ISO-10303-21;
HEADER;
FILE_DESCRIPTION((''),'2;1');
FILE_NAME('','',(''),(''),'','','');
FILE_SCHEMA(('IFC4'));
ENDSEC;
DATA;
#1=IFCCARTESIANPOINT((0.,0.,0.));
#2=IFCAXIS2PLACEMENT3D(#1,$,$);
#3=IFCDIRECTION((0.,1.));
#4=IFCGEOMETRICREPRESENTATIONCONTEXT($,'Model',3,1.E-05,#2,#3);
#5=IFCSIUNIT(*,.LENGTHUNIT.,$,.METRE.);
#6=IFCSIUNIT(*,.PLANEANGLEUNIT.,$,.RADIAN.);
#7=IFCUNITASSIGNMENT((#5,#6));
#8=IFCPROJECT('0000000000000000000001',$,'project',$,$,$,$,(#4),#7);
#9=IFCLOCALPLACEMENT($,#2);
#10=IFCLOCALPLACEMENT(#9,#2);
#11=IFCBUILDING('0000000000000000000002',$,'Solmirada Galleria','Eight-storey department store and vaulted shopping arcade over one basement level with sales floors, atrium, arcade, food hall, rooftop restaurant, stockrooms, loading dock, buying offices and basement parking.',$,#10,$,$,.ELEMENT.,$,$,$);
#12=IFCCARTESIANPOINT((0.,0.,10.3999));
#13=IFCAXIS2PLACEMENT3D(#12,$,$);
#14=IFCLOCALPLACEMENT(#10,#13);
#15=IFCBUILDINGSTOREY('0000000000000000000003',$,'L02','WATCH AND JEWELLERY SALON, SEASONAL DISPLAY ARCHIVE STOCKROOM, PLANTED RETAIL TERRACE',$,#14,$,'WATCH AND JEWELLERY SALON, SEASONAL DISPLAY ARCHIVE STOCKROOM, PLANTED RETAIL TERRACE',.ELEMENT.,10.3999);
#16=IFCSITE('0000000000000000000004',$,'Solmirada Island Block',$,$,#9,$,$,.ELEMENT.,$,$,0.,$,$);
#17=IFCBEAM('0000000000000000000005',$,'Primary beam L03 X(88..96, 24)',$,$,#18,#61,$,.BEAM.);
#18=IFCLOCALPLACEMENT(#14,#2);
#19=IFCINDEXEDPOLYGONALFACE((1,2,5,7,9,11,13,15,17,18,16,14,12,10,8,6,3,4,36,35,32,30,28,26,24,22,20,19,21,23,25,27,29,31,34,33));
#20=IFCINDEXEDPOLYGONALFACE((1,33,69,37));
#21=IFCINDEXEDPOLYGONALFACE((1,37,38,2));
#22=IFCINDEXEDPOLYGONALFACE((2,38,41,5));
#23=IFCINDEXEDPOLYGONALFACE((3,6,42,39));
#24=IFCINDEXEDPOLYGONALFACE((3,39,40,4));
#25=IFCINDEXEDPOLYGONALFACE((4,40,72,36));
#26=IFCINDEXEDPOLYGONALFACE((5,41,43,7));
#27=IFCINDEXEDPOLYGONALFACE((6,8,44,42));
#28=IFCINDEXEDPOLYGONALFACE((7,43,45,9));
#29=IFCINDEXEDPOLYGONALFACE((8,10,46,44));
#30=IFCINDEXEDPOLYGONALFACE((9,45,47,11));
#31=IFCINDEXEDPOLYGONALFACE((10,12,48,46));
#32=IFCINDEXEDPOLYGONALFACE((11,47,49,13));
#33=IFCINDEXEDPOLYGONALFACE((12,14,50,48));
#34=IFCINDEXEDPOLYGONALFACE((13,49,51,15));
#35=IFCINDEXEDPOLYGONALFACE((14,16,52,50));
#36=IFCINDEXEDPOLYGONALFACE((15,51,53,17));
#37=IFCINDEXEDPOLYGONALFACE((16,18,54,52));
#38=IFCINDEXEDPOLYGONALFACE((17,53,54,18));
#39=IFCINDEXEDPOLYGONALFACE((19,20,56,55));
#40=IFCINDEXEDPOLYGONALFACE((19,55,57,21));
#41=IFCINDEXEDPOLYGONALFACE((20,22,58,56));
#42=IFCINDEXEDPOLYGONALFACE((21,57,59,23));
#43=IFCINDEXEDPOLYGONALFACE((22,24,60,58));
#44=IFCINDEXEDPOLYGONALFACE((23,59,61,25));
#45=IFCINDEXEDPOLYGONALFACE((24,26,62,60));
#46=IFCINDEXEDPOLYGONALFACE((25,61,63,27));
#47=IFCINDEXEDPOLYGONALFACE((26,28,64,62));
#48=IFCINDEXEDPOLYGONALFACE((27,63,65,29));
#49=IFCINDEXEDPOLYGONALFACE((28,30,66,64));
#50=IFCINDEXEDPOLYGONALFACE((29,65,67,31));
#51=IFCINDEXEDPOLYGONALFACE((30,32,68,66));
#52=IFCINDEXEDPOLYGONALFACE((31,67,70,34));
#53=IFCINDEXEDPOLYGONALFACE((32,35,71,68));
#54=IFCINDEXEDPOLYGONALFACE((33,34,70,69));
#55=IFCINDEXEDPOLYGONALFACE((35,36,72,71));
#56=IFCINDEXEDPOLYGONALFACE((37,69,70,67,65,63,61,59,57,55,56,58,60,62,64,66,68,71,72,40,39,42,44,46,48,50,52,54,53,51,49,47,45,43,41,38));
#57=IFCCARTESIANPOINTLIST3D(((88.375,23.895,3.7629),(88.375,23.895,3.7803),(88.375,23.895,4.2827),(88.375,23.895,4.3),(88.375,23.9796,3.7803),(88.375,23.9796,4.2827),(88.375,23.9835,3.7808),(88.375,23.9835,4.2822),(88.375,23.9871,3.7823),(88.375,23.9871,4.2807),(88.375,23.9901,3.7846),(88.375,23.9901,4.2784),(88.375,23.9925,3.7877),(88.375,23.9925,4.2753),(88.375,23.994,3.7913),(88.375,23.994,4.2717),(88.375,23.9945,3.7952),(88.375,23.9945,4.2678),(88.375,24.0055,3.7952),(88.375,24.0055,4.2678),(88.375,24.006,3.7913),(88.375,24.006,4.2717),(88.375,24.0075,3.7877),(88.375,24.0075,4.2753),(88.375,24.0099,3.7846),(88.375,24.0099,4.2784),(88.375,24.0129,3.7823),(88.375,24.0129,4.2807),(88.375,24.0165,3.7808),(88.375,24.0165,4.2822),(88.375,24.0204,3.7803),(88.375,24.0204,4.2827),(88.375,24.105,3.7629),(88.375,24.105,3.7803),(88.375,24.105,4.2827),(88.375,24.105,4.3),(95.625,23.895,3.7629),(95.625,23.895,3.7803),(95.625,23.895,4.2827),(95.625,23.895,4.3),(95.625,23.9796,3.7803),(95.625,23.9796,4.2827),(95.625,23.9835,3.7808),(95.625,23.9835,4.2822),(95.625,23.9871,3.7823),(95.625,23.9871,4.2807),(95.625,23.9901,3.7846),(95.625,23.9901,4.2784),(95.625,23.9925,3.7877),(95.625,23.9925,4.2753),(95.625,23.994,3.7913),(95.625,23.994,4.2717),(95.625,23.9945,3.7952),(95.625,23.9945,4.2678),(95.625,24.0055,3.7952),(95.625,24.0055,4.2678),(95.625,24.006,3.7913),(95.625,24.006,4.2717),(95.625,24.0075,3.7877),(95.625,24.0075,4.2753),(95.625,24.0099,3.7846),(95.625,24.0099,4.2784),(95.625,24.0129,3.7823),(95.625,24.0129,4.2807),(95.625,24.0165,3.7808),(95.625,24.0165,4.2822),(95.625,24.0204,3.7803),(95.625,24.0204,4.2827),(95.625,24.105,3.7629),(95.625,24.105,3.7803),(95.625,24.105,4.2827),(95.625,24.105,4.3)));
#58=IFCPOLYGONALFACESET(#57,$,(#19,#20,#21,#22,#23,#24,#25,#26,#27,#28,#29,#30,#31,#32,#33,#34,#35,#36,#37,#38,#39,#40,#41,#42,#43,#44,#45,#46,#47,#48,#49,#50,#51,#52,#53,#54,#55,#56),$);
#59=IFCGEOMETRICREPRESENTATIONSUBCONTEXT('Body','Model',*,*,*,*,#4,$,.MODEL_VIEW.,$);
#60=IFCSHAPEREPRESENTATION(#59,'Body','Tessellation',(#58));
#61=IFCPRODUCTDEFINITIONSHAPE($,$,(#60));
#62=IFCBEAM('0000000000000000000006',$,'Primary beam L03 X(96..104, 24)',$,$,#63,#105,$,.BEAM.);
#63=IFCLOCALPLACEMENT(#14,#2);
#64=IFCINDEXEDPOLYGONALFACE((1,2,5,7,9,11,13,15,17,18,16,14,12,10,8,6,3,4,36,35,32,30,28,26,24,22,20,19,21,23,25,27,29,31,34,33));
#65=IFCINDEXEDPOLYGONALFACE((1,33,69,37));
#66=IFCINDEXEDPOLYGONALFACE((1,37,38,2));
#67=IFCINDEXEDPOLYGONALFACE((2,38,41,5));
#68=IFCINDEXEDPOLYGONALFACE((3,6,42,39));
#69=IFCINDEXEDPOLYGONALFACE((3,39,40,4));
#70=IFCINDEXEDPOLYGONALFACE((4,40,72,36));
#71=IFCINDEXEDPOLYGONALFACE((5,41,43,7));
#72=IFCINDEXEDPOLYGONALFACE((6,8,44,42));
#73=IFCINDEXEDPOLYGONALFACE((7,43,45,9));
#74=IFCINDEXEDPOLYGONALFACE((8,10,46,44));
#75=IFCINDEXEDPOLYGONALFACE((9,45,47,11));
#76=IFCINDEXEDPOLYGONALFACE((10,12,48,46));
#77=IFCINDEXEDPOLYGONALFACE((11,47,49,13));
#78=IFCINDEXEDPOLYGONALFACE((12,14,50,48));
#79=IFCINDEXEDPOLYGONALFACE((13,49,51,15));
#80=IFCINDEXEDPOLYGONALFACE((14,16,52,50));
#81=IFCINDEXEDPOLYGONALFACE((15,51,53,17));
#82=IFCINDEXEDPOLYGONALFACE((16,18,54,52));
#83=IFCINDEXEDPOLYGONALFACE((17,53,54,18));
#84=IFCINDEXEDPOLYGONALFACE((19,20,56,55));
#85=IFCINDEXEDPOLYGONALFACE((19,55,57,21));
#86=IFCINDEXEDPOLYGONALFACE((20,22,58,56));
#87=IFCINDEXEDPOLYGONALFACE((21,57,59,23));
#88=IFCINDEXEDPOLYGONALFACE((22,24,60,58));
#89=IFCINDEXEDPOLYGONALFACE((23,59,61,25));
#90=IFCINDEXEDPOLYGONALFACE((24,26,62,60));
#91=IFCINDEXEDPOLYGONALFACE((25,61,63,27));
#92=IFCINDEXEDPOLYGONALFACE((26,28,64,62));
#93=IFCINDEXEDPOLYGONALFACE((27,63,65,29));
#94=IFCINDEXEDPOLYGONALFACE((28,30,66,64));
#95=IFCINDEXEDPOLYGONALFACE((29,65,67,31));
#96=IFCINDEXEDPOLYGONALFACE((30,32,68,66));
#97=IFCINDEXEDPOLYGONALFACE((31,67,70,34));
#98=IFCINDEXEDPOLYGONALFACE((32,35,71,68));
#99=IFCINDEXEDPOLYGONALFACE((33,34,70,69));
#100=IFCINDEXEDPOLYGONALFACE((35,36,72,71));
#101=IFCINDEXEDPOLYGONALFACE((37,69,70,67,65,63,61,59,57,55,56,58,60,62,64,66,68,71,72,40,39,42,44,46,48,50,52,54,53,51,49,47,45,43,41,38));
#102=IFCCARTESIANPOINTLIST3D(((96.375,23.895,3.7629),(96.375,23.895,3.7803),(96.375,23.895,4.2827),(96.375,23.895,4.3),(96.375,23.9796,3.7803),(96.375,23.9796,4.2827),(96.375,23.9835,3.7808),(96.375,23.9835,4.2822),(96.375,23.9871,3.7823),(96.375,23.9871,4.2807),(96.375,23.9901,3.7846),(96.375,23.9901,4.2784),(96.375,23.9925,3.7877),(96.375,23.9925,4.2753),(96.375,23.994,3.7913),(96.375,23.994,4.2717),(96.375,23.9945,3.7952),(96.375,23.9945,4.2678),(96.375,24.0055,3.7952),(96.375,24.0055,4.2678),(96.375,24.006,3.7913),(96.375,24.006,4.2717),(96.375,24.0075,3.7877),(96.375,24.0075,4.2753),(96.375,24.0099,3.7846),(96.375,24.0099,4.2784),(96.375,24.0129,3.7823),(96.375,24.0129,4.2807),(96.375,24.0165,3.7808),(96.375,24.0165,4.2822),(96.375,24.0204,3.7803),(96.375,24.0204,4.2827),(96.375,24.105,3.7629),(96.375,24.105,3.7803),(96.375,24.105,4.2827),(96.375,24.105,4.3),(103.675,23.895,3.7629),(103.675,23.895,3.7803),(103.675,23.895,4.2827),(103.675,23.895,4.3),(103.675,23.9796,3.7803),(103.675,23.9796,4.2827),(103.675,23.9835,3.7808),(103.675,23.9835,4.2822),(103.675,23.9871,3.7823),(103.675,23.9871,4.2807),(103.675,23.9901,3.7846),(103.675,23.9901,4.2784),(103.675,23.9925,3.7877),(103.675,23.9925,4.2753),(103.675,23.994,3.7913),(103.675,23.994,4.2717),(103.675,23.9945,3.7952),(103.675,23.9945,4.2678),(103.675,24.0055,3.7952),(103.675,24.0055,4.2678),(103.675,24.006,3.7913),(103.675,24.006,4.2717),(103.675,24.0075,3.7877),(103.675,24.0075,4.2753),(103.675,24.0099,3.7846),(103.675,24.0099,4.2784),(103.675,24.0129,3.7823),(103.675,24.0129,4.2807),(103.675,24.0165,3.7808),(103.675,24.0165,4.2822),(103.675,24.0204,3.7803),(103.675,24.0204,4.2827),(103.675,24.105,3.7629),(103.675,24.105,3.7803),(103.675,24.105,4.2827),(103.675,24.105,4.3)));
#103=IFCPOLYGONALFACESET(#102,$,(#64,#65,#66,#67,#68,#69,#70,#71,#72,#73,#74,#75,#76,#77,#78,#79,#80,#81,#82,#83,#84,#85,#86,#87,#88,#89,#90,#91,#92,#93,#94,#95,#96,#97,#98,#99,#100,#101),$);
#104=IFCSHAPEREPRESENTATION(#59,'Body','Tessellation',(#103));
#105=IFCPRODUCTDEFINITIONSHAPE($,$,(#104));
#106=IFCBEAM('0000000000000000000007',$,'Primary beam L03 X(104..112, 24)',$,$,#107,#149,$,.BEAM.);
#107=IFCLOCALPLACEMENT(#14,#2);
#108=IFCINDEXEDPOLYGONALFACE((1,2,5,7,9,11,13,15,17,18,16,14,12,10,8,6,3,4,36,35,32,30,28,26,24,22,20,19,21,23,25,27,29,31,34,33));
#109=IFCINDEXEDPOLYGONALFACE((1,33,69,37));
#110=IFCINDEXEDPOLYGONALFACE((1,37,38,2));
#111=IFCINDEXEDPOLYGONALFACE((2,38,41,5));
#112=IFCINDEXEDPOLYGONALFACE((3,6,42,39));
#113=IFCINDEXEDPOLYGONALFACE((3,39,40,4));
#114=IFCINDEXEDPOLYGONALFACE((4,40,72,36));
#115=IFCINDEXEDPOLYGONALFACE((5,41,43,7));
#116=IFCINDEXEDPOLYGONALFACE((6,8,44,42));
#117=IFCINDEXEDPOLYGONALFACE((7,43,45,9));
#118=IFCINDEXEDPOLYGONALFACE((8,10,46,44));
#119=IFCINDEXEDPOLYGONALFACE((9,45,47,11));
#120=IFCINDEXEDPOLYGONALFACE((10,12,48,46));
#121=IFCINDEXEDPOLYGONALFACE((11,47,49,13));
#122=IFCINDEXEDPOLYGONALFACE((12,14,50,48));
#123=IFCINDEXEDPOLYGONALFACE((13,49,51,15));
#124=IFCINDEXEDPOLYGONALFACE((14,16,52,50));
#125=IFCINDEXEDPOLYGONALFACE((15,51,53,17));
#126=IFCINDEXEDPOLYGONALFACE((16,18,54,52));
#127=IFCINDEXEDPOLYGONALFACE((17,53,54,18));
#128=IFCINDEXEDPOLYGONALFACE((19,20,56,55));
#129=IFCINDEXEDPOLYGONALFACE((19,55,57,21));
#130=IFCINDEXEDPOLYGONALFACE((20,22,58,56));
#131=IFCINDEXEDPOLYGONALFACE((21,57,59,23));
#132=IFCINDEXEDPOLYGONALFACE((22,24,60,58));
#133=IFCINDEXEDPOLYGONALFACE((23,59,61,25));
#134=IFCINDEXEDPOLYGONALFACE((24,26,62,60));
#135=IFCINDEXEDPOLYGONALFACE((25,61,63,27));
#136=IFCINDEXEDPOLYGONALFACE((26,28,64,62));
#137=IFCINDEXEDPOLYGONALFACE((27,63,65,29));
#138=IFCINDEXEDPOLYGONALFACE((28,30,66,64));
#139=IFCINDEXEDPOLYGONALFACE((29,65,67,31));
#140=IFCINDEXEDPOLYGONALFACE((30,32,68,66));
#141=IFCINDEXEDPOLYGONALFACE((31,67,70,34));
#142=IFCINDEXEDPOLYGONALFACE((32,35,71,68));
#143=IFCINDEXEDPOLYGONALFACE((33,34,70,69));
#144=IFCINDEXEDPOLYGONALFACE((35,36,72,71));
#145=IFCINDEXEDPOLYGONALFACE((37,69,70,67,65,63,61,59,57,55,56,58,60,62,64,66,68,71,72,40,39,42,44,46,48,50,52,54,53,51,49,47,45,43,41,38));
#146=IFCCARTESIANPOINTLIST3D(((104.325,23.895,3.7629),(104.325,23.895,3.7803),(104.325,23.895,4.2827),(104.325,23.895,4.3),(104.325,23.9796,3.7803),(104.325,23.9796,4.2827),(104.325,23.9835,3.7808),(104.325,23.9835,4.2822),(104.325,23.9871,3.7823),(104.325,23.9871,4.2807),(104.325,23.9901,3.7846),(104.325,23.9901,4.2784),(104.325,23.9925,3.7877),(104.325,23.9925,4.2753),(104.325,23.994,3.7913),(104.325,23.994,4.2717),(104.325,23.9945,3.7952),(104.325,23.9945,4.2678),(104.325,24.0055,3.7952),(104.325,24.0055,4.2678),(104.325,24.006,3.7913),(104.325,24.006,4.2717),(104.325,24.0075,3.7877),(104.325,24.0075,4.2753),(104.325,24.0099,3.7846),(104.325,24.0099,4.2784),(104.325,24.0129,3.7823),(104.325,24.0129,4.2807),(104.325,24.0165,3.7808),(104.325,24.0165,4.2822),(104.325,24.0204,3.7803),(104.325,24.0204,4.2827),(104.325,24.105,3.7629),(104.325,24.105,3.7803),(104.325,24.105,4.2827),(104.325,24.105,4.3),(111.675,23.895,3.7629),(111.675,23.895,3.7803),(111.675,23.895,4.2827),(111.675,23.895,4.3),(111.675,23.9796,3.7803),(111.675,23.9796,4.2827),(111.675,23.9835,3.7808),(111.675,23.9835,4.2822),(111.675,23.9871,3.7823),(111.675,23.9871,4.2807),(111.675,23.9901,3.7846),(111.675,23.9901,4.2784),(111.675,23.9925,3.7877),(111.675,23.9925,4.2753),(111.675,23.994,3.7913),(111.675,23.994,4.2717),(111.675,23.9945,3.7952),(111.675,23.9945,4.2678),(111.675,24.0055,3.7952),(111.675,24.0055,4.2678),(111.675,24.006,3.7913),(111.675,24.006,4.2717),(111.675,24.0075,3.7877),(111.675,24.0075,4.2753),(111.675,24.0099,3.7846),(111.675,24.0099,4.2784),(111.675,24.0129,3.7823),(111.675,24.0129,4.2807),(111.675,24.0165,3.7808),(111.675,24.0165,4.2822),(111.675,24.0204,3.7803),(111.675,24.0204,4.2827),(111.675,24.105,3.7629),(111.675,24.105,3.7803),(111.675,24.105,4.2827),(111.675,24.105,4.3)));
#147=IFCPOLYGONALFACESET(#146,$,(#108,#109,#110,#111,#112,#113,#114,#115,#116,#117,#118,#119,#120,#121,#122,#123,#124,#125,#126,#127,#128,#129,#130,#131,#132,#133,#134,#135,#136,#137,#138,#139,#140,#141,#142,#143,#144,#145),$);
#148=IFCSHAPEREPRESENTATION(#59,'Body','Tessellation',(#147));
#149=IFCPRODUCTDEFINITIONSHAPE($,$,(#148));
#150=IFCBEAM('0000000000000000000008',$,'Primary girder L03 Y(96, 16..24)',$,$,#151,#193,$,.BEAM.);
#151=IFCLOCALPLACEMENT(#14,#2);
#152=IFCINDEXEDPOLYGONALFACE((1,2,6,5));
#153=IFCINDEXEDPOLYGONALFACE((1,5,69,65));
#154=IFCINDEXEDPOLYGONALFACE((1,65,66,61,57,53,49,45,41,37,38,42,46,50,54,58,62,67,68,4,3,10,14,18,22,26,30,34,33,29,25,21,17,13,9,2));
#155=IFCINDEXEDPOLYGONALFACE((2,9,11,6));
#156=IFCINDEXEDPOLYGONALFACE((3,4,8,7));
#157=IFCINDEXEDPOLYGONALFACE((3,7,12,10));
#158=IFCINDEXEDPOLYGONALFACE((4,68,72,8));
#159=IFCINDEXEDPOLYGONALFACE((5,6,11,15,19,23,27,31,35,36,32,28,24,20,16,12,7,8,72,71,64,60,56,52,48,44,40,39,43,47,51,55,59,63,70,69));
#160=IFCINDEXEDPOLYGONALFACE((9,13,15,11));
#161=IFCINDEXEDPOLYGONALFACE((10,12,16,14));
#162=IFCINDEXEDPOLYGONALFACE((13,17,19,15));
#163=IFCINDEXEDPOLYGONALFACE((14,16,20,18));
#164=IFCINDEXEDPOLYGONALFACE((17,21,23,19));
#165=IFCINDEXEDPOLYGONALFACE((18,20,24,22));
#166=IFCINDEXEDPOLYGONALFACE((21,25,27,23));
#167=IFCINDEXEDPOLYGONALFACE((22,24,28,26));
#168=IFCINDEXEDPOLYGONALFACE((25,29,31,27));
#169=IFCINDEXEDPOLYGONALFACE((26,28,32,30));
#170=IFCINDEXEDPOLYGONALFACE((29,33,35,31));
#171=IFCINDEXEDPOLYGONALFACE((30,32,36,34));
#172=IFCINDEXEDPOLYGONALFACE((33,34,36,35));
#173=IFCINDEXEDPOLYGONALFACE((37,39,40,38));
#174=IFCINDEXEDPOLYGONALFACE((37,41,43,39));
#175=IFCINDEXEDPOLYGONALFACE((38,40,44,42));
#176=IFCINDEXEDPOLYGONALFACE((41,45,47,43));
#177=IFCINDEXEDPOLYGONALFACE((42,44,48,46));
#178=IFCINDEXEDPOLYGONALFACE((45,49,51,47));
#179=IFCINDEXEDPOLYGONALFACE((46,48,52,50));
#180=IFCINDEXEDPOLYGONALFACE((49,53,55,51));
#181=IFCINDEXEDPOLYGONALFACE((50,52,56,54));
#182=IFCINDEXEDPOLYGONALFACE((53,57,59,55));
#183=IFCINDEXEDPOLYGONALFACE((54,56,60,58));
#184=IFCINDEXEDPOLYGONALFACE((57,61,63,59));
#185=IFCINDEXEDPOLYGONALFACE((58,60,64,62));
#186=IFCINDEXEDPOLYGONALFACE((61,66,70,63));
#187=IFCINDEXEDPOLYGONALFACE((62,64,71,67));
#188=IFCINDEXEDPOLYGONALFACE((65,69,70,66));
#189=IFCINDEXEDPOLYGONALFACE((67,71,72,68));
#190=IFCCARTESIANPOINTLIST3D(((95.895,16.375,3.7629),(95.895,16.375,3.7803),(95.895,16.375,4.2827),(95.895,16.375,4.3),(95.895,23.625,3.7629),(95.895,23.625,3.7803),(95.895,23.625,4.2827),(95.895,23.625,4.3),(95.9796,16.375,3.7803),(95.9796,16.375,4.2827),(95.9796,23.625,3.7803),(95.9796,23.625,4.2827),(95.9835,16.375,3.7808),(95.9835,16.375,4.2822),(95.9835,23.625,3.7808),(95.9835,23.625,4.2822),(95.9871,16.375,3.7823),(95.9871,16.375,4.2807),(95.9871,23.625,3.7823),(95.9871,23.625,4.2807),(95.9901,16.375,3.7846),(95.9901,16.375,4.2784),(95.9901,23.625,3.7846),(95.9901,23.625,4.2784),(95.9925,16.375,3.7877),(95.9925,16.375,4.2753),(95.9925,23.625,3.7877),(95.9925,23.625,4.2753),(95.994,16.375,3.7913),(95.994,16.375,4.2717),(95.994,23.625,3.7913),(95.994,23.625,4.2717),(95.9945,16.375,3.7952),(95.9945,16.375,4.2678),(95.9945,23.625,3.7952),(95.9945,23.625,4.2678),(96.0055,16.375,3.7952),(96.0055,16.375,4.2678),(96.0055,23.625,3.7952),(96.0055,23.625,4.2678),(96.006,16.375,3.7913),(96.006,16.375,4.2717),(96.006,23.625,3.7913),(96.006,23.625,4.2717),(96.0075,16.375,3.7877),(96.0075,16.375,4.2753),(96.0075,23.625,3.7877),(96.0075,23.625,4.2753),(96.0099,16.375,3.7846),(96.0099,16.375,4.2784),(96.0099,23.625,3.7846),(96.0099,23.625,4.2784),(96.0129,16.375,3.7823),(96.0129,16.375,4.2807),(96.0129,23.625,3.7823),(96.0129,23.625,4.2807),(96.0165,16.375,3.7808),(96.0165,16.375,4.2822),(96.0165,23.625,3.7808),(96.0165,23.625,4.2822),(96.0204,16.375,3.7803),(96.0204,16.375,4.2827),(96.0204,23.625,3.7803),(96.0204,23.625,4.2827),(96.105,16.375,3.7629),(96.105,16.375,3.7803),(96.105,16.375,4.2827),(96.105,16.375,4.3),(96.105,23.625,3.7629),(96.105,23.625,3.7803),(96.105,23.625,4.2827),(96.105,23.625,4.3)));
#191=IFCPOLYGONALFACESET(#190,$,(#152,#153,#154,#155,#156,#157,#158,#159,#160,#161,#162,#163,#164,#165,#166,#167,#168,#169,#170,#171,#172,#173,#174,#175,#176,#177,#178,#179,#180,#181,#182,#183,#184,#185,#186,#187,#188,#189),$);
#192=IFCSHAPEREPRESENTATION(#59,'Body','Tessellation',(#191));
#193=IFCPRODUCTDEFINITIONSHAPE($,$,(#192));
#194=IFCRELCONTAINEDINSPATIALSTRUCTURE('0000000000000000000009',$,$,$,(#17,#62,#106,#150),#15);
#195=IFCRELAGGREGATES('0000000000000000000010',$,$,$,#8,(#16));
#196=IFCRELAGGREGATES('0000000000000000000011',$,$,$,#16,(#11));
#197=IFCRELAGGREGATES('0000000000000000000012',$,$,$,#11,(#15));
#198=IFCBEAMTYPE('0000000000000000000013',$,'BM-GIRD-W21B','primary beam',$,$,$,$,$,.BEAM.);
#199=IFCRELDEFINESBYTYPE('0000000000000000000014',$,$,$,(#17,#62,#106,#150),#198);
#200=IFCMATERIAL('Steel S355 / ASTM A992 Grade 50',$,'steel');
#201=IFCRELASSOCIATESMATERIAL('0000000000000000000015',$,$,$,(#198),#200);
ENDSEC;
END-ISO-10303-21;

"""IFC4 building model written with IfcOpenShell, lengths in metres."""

from ifc_helpers import new_model, si_unit, direction, frame, origin, origin_2d, place, context, subcontext, project, spatial, i_section, extrude, material, material_profile, profile_set, type_object, element, save


model = new_model("IFC4")

# Units and contexts
model_context = context("Model", 3, precision=1e-05, world=origin(), true_north=direction((0.0, 1.0)))
body_context = subcontext(model_context, "Body", "Model", "MODEL_VIEW")
ifc_project = project(units=[si_unit("LENGTHUNIT", "METRE"), si_unit("PLANEANGLEUNIT", "RADIAN")], contexts=[model_context])

# Site, building, storey
site_placement = place(None, origin())
site = spatial("IfcSite", under=ifc_project, at=site_placement, Name="Solmirada Island Block", CompositionType="ELEMENT", RefElevation=0.0)
building_placement = place(site_placement, origin())
building = spatial("IfcBuilding", under=site, at=building_placement, Name="Solmirada Galleria", Description="Eight-storey department store and vaulted shopping arcade over one basement level with sales floors, atrium, arcade, food hall, rooftop restaurant, stockrooms, loading dock, buying offices and basement parking.", CompositionType="ELEMENT")
storey_placement = place(building_placement, frame((0.0, 0.0, 10.3999)))
storey = spatial("IfcBuildingStorey", under=building, at=storey_placement, Name="L02", Description="WATCH AND JEWELLERY SALON, SEASONAL DISPLAY ARCHIVE STOCKROOM, PLANTED RETAIL TERRACE", LongName="WATCH AND JEWELLERY SALON, SEASONAL DISPLAY ARCHIVE STOCKROOM, PLANTED RETAIL TERRACE", CompositionType="ELEMENT", Elevation=10.3999)

# Beams
ifc_material_1 = material(Name="Steel S355 / ASTM A992 Grade 50", Category="steel")
ifc_material_profile_1 = material_profile(ifc_material_1, i_section(OverallWidth=0.21, OverallDepth=0.5371, WebThickness=0.011, FlangeThickness=0.0173, FilletRadius=0.0149, at=origin_2d()), Name="W21X68")
ifc_profile_set_1 = profile_set([ifc_material_profile_1], Name="Steel S355 / ASTM A992 Grade 50")
beam_type_1 = type_object("IfcBeamType", Name="BM-GIRD-W21B", Description="primary beam", PredefinedType="BEAM", material=ifc_profile_set_1)
beam_1_placement = place(storey_placement, frame((88.375, 24.0, 4.0315), z_axis=(1.0, 0.0, 0.0), x_axis=(0.0, 1.0, 0.0)))
element("IfcBeam", 1, at=beam_1_placement, inside=storey, type_object=beam_type_1, Name="Primary beam L03 X(88..96, 24)", PredefinedType="BEAM", context=body_context, shape_type="SweptSolid", body=[
    extrude(i_section(OverallWidth=0.21, OverallDepth=0.5371, WebThickness=0.011, FlangeThickness=0.0173, FilletRadius=0.0149, at=origin_2d()), origin(), (0.0, 0.0, 1.0), 7.25),
])
beam_2_placement = place(storey_placement, frame((96.375, 24.0, 4.0315), z_axis=(1.0, 0.0, 0.0), x_axis=(0.0, 1.0, 0.0)))
element("IfcBeam", 2, at=beam_2_placement, inside=storey, type_object=beam_type_1, Name="Primary beam L03 X(96..104, 24)", PredefinedType="BEAM", context=body_context, shape_type="SweptSolid", body=[
    extrude(i_section(OverallWidth=0.21, OverallDepth=0.5371, WebThickness=0.011, FlangeThickness=0.0173, FilletRadius=0.0149, at=origin_2d()), origin(), (0.0, 0.0, 1.0), 7.3),
])
beam_3_placement = place(storey_placement, frame((104.325, 24.0, 4.0315), z_axis=(1.0, 0.0, 0.0), x_axis=(0.0, 1.0, 0.0)))
element("IfcBeam", 3, at=beam_3_placement, inside=storey, type_object=beam_type_1, Name="Primary beam L03 X(104..112, 24)", PredefinedType="BEAM", context=body_context, shape_type="SweptSolid", body=[
    extrude(i_section(OverallWidth=0.21, OverallDepth=0.5371, WebThickness=0.011, FlangeThickness=0.0173, FilletRadius=0.0149, at=origin_2d()), origin(), (0.0, 0.0, 1.0), 7.3501),
])
beam_4_placement = place(storey_placement, frame((96.0, 16.375, 4.0315), z_axis=(0.0, 1.0, 0.0), x_axis=(-1.0, 0.0, 0.0)))
element("IfcBeam", 4, at=beam_4_placement, inside=storey, type_object=beam_type_1, Name="Primary girder L03 Y(96, 16..24)", PredefinedType="BEAM", context=body_context, shape_type="SweptSolid", body=[
    extrude(i_section(OverallWidth=0.21, OverallDepth=0.5371, WebThickness=0.011, FlangeThickness=0.0173, FilletRadius=0.0149, at=origin_2d()), origin(), (0.0, 0.0, 1.0), 7.25),
])

save(model, "model.ifc")
